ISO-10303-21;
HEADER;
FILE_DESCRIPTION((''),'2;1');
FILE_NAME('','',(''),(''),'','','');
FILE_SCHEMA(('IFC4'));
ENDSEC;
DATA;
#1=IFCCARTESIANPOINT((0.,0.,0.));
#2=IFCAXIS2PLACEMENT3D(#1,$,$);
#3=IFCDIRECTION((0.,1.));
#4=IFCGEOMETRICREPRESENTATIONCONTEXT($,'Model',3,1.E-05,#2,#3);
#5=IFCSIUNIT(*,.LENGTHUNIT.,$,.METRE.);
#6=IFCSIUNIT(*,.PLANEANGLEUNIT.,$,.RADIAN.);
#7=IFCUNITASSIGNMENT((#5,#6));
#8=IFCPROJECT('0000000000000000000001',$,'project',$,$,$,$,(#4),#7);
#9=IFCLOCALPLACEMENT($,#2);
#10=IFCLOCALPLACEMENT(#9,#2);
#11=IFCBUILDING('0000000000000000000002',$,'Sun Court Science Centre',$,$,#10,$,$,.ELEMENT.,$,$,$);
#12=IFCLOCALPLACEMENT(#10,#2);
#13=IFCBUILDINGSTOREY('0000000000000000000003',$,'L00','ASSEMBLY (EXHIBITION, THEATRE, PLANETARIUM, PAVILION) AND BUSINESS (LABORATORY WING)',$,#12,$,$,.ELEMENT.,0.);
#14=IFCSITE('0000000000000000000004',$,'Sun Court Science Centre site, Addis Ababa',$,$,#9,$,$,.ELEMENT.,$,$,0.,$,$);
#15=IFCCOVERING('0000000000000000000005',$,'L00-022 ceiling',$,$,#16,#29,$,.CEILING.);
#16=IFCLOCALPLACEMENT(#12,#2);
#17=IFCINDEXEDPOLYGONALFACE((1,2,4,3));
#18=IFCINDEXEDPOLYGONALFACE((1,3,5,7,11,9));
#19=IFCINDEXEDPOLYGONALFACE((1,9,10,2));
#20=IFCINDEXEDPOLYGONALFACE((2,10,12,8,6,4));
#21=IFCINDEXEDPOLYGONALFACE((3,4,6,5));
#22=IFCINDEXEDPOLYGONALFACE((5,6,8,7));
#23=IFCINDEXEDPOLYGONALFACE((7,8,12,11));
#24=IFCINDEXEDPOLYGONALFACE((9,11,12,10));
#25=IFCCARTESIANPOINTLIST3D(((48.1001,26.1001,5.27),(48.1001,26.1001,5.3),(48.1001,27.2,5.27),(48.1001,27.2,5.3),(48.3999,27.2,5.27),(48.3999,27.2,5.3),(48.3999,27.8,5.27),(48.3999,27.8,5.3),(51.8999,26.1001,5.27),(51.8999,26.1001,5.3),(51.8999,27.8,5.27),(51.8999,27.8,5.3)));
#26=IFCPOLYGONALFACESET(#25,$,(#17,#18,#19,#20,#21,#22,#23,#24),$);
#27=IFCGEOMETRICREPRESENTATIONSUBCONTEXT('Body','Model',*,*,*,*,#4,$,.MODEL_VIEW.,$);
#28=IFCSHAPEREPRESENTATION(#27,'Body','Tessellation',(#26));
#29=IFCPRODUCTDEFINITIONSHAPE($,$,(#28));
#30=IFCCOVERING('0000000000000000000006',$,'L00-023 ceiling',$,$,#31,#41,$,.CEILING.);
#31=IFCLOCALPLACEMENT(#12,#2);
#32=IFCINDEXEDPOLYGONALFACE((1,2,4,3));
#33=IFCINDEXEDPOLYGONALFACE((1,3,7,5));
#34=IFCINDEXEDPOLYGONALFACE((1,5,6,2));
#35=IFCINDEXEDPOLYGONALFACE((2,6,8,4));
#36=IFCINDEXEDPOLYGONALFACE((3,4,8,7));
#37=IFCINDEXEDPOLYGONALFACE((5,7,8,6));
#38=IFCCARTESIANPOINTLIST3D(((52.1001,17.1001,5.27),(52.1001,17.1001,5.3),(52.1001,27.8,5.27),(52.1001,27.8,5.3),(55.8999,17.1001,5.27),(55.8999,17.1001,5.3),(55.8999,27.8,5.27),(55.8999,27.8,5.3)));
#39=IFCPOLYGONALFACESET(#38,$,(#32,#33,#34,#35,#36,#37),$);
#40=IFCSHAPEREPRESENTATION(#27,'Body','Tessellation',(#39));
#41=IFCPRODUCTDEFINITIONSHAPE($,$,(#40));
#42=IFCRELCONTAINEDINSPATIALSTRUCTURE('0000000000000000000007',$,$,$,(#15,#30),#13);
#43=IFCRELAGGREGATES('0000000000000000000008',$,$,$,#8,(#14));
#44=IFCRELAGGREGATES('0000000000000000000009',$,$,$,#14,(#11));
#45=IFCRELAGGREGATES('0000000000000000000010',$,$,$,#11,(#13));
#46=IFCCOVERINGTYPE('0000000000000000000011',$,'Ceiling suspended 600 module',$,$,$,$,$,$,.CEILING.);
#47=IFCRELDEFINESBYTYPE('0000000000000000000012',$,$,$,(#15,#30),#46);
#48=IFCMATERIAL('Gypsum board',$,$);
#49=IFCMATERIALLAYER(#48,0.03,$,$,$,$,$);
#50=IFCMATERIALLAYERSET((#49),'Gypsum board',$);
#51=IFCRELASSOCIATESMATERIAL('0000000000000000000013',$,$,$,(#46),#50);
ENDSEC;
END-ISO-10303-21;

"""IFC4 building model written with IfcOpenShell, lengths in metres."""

from ifc_helpers import new_model, si_unit, direction, frame, origin, place, context, subcontext, project, spatial, polyline, outline, extrude, material, layer, layer_set, type_object, element, save


model = new_model("IFC4")

# Units and contexts
model_context = context("Model", 3, precision=1e-05, world=origin(), true_north=direction((0.0, 1.0)))
body_context = subcontext(model_context, "Body", "Model", "MODEL_VIEW")
ifc_project = project(units=[si_unit("LENGTHUNIT", "METRE"), si_unit("PLANEANGLEUNIT", "RADIAN")], contexts=[model_context])

# Site, building, storey
site_placement = place(None, origin())
site = spatial("IfcSite", under=ifc_project, at=site_placement, Name="Sun Court Science Centre site, Addis Ababa", CompositionType="ELEMENT", RefElevation=0.0)
building_placement = place(site_placement, origin())
building = spatial("IfcBuilding", under=site, at=building_placement, Name="Sun Court Science Centre", CompositionType="ELEMENT")
storey_placement = place(building_placement, origin())
storey = spatial("IfcBuildingStorey", under=building, at=storey_placement, Name="L00", Description="ASSEMBLY (EXHIBITION, THEATRE, PLANETARIUM, PAVILION) AND BUSINESS (LABORATORY WING)", CompositionType="ELEMENT", Elevation=0.0)

# Coverings
ifc_material_1 = material(Name="Gypsum board")
ifc_layer_1 = layer(ifc_material_1, 0.03)
ifc_layer_set_1 = layer_set([ifc_layer_1], Name="Gypsum board")
covering_type = type_object("IfcCoveringType", Name="Ceiling suspended 600 module", PredefinedType="CEILING", material=ifc_layer_set_1)
covering_1_placement = place(storey_placement, frame((0.0, 0.0, 5.27)))
element("IfcCovering", 1, at=covering_1_placement, inside=storey, type_object=covering_type, Name="L00-022 ceiling", PredefinedType="CEILING", context=body_context, shape_type="SweptSolid", body=[
    extrude(outline(polyline([(51.8999, 27.8), (51.8999, 26.1001), (48.1001, 26.1001), (48.1001, 27.2), (48.3999, 27.2), (48.3999, 27.8), (51.8999, 27.8)])), origin(), (0.0, 0.0, 1.0), 0.03),
])
covering_2_placement = place(storey_placement, frame((0.0, 0.0, 5.27)))
element("IfcCovering", 2, at=covering_2_placement, inside=storey, type_object=covering_type, Name="L00-023 ceiling", PredefinedType="CEILING", context=body_context, shape_type="SweptSolid", body=[
    extrude(outline(polyline([(55.8999, 27.8), (55.8999, 17.1001), (52.1001, 17.1001), (52.1001, 27.8), (55.8999, 27.8)])), origin(), (0.0, 0.0, 1.0), 0.03),
])

save(model, "model.ifc")
